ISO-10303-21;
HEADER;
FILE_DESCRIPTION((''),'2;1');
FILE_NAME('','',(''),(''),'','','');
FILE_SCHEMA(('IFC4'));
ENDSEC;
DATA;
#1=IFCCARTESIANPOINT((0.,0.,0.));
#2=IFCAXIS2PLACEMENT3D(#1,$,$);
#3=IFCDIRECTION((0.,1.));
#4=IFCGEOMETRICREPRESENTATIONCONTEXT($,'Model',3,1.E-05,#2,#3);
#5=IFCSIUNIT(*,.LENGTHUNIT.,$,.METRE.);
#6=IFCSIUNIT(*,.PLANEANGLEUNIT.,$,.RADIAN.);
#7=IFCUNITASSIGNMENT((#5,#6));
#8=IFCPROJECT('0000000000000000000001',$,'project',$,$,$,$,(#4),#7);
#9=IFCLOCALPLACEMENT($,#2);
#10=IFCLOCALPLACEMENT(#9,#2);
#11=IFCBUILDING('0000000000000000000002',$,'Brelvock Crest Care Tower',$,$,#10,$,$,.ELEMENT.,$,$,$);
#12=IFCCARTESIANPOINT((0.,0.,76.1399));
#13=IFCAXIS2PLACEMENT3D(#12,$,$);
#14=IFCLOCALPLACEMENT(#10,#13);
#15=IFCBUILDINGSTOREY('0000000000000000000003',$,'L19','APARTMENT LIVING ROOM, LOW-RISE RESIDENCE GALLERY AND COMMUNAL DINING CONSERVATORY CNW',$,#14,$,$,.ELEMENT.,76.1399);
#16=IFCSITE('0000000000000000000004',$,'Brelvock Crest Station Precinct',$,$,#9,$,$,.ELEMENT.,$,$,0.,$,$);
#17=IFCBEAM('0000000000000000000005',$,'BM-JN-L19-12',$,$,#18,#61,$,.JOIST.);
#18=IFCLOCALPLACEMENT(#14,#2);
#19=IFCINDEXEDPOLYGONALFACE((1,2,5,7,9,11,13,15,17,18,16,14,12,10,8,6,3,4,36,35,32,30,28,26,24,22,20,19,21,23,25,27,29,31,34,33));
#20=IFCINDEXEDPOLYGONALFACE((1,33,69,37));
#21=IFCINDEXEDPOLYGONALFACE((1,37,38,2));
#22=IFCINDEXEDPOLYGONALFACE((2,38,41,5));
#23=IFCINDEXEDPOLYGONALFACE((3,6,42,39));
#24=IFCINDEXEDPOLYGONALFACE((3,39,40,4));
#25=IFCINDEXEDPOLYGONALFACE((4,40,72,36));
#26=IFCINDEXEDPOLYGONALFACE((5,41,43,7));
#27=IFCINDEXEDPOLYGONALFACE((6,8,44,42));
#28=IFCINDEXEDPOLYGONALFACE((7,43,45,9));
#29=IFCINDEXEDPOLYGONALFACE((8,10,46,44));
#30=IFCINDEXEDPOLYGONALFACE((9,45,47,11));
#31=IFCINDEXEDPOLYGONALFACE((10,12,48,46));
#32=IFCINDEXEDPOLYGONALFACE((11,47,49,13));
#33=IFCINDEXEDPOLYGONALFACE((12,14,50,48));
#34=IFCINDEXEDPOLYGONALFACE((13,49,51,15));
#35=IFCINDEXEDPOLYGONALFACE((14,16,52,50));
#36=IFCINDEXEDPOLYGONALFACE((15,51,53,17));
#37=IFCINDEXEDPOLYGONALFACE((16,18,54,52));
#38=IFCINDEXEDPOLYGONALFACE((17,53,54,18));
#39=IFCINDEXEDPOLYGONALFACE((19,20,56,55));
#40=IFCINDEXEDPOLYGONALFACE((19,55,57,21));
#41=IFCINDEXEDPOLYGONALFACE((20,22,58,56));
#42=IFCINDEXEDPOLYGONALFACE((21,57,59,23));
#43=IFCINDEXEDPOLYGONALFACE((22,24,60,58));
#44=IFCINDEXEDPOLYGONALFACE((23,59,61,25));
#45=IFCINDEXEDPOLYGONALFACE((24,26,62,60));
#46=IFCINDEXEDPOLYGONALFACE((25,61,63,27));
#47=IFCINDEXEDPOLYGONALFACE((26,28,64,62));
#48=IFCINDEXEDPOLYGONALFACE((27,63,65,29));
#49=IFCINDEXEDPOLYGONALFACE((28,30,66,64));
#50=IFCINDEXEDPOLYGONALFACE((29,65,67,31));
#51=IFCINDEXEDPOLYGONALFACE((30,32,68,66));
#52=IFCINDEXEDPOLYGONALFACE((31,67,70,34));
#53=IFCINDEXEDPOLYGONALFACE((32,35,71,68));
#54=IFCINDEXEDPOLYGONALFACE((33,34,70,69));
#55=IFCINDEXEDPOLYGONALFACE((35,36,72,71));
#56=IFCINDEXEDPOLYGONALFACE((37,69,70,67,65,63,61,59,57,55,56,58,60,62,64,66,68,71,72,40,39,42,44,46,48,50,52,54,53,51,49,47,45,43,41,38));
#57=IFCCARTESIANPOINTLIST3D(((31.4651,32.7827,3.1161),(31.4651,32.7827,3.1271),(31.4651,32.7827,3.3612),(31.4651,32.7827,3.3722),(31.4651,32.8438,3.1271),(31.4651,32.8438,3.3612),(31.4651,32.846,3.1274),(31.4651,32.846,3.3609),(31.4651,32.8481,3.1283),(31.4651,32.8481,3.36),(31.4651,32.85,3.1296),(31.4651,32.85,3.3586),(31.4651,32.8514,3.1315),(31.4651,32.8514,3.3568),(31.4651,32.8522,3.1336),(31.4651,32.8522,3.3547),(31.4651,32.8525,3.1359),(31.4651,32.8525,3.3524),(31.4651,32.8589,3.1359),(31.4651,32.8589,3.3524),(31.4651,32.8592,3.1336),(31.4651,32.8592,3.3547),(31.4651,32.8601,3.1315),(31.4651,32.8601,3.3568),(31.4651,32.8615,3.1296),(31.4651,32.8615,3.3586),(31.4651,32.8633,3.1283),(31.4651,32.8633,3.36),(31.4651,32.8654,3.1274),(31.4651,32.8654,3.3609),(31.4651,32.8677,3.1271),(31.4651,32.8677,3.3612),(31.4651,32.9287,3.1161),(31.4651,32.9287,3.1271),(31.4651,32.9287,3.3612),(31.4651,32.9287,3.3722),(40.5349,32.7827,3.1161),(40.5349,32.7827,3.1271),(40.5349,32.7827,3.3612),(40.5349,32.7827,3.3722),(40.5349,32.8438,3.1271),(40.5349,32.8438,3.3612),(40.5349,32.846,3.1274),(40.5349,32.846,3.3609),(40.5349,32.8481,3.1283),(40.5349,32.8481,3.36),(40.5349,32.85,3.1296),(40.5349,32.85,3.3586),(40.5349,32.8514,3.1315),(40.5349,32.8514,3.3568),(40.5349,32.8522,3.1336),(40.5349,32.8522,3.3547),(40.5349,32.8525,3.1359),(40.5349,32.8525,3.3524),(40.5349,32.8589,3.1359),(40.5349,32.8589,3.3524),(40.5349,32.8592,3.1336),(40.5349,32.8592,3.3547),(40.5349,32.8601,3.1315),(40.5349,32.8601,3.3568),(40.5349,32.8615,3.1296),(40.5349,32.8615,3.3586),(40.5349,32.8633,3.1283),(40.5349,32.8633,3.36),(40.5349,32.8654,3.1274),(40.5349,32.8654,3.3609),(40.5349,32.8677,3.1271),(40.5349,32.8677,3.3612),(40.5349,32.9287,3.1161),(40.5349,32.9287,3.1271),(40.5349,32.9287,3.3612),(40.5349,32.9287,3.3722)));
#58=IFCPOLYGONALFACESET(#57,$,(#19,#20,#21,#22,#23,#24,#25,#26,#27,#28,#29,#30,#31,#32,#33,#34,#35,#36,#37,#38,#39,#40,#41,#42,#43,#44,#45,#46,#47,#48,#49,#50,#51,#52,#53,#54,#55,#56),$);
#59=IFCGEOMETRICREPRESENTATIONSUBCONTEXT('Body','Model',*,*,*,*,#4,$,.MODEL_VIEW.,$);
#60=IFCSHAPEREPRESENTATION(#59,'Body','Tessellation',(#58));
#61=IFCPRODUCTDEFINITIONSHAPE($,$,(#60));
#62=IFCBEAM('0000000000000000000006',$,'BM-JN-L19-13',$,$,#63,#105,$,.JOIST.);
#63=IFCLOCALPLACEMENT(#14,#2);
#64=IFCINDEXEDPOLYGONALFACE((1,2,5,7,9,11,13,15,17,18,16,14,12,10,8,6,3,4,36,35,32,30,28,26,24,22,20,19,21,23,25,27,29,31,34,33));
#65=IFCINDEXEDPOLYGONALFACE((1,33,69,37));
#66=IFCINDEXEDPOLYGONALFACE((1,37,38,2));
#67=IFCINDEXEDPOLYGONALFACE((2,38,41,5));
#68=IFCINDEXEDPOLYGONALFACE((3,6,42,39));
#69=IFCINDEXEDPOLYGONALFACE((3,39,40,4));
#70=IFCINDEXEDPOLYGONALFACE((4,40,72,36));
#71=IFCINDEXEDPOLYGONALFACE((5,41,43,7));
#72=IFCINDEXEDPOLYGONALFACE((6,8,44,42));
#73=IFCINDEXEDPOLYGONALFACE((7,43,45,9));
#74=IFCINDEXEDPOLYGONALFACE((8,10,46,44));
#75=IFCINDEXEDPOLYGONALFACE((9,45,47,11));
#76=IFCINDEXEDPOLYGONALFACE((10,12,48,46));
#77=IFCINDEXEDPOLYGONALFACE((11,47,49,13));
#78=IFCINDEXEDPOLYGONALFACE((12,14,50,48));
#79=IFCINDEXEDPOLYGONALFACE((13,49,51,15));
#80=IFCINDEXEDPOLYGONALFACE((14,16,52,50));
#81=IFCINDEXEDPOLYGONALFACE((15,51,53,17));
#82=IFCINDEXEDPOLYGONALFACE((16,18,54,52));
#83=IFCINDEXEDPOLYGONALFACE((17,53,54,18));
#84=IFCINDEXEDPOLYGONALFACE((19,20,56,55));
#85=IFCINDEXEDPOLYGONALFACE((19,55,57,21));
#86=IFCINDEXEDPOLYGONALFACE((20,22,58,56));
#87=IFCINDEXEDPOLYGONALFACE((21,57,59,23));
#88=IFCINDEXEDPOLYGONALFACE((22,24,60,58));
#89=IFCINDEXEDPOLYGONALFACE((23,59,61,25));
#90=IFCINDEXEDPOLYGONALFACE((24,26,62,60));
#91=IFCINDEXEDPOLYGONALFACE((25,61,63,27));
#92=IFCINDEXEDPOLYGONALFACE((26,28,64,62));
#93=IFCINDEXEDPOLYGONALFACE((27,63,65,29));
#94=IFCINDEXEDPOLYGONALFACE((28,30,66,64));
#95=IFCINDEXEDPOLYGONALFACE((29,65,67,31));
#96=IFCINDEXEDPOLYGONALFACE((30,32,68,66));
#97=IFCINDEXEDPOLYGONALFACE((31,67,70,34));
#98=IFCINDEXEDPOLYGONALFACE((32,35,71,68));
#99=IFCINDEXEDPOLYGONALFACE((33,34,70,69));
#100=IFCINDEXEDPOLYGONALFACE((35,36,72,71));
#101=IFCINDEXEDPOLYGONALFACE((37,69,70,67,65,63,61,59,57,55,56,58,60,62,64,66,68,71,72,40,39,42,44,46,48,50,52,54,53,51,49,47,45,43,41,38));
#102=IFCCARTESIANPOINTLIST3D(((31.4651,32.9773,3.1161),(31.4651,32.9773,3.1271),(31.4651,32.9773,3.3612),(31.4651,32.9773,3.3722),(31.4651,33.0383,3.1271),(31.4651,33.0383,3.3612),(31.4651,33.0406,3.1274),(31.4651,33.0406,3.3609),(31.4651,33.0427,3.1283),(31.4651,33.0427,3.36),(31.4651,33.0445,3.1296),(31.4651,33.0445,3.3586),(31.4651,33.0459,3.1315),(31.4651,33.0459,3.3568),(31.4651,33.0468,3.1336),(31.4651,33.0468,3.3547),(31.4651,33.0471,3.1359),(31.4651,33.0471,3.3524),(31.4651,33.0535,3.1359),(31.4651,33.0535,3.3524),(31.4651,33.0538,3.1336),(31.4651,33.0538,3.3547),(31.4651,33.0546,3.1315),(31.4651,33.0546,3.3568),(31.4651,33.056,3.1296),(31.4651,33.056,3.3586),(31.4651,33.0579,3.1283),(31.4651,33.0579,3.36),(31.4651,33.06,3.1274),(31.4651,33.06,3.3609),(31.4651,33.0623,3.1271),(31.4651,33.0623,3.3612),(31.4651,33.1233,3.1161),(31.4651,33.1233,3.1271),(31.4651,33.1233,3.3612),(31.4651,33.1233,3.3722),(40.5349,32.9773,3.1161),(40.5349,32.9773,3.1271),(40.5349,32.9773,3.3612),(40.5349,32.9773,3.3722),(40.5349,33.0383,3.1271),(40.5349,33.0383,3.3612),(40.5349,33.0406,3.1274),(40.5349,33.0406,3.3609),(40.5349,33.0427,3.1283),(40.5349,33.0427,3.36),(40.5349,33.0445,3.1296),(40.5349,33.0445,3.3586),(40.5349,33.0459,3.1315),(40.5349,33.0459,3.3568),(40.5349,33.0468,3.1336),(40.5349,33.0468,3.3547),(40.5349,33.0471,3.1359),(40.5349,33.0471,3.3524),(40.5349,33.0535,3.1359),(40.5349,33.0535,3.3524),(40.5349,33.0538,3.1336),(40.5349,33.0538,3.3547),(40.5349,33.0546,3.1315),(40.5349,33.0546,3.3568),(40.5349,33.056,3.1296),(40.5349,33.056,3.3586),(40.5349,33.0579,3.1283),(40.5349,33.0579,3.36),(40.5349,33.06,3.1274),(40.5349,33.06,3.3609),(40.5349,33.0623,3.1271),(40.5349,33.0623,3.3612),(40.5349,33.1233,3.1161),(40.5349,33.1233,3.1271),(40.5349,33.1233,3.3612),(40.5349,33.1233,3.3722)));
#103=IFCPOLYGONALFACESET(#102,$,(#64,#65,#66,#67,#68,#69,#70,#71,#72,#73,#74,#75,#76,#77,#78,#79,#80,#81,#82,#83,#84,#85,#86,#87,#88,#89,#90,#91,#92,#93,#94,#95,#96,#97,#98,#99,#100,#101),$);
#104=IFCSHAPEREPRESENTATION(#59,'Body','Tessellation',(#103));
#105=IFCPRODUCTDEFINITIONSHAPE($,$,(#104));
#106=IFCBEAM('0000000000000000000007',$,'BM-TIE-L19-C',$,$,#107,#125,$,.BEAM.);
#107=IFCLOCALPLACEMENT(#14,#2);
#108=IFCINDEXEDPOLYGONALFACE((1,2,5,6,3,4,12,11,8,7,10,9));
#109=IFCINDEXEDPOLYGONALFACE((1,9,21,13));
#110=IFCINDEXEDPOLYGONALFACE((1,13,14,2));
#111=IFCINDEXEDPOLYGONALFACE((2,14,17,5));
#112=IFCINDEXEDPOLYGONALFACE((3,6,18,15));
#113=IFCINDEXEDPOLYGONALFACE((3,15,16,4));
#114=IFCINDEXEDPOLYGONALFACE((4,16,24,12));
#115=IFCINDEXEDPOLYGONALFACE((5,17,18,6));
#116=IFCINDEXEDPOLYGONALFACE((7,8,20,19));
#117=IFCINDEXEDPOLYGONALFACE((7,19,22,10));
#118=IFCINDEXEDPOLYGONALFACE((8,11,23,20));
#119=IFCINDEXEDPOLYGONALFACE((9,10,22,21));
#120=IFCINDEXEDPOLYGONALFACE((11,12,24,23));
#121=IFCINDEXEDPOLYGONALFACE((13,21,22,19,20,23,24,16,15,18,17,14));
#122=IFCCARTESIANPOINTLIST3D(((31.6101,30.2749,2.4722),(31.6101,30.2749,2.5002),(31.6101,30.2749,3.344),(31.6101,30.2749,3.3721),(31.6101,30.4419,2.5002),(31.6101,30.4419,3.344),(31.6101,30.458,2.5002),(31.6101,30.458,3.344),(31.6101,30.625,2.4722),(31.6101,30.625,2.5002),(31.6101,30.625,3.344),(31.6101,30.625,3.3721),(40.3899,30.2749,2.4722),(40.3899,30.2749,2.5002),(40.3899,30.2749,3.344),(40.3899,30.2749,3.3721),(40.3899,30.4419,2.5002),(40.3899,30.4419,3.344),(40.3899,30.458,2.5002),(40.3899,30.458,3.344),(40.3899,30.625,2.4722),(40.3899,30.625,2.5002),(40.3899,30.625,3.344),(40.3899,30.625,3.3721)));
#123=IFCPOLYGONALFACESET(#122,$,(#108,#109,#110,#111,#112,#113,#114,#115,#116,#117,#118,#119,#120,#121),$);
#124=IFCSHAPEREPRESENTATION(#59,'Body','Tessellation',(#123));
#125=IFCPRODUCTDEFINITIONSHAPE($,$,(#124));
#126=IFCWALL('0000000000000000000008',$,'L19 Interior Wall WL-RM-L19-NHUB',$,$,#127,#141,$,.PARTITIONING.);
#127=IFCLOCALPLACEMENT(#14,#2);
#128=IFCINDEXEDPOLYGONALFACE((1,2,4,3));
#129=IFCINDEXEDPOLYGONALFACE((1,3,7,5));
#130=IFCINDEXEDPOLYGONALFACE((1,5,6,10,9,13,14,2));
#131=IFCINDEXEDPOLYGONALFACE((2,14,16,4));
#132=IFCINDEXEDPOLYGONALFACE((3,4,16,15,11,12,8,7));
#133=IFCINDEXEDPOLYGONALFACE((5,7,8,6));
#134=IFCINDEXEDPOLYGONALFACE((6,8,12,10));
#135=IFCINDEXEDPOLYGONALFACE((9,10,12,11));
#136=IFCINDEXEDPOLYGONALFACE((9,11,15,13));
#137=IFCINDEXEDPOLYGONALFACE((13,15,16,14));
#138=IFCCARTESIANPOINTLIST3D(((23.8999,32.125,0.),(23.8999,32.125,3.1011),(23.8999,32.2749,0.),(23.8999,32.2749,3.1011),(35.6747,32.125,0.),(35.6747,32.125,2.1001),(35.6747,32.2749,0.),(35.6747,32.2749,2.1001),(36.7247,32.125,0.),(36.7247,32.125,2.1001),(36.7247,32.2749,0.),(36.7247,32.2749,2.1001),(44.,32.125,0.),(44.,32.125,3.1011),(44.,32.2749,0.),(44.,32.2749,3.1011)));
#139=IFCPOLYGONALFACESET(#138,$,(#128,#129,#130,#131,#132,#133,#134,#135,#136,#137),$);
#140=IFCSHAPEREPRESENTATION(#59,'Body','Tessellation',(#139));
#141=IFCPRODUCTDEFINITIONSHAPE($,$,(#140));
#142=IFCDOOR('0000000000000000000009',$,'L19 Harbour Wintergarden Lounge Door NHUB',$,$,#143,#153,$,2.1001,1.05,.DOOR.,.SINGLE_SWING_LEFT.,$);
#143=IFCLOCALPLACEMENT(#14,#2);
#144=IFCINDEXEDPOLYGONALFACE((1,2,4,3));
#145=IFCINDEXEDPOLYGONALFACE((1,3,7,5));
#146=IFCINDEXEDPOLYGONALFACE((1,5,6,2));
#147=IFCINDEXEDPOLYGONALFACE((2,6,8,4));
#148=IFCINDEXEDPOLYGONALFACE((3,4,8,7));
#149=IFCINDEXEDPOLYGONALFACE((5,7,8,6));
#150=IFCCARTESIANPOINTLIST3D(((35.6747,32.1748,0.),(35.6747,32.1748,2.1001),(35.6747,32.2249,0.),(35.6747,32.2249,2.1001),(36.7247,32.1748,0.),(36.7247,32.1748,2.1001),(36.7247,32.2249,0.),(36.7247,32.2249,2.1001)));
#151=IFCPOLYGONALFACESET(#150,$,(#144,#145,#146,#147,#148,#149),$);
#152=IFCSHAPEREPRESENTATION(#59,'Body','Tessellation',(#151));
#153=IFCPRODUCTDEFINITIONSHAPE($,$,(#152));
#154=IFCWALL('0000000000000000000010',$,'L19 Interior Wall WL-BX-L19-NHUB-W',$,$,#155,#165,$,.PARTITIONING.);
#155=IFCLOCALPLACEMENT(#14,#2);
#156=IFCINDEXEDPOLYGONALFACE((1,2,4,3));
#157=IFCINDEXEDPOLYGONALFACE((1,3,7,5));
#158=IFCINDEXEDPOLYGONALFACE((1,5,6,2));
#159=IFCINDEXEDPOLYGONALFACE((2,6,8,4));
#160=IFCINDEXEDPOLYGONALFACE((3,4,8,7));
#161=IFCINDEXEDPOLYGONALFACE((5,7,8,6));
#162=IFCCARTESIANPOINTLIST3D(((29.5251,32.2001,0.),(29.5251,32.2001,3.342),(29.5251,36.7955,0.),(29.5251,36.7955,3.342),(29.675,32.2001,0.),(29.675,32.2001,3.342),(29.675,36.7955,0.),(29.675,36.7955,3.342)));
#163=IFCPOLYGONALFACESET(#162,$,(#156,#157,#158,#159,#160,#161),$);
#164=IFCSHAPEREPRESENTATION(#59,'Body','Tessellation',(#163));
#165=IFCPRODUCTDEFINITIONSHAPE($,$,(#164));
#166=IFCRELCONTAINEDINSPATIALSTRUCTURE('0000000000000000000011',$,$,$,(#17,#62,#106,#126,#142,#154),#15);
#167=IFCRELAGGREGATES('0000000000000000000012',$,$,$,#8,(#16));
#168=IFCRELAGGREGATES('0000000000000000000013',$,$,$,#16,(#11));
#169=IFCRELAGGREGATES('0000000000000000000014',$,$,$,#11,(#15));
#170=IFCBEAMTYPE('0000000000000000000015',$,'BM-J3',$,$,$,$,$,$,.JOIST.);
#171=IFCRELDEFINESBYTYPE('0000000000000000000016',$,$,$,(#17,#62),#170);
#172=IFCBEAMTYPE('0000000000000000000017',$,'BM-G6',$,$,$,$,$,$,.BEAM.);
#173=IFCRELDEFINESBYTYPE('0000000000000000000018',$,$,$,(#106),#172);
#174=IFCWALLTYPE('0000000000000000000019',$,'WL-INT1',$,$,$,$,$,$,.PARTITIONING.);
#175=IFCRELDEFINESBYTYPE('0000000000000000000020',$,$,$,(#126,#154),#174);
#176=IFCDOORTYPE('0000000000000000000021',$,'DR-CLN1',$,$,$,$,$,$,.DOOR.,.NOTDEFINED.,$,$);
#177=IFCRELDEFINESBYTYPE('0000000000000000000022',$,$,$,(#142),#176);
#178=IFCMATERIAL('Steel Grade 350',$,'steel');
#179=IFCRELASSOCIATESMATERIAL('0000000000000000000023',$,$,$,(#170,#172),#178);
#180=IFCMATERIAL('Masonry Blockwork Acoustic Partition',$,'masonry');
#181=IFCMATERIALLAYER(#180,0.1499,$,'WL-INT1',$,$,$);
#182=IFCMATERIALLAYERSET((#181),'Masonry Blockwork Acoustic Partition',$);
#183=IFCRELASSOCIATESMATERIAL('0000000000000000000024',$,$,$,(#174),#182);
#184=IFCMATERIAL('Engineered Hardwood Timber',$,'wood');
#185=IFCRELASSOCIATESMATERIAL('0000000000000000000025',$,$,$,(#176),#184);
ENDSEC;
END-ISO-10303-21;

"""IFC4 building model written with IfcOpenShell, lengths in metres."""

from ifc_helpers import new_model, si_unit, direction, frame, frame_2d, origin, origin_2d, place, context, subcontext, project, spatial, rectangle, i_section, extrude, source, transform, mapped, material, layer, layer_set, material_profile, profile_set, type_object, element, fill, save


model = new_model("IFC4")

# Units and contexts
model_context = context("Model", 3, precision=1e-05, world=origin(), true_north=direction((0.0, 1.0)))
body_context = subcontext(model_context, "Body", "Model", "MODEL_VIEW")
ifc_project = project(units=[si_unit("LENGTHUNIT", "METRE"), si_unit("PLANEANGLEUNIT", "RADIAN")], contexts=[model_context])

# Site, building, storey
site_placement = place(None, origin())
site = spatial("IfcSite", under=ifc_project, at=site_placement, Name="Brelvock Crest Station Precinct", CompositionType="ELEMENT", RefElevation=0.0)
building_placement = place(site_placement, origin())
building = spatial("IfcBuilding", under=site, at=building_placement, Name="Brelvock Crest Care Tower", CompositionType="ELEMENT")
storey_placement = place(building_placement, frame((0.0, 0.0, 76.1399)))
storey = spatial("IfcBuildingStorey", under=building, at=storey_placement, Name="L19", Description="APARTMENT LIVING ROOM, LOW-RISE RESIDENCE GALLERY AND COMMUNAL DINING CONSERVATORY CNW", CompositionType="ELEMENT", Elevation=76.1399)

# Beams
ifc_material_1 = material(Name="Steel Grade 350", Category="steel")
ifc_material_profile_1 = material_profile(ifc_material_1, i_section(OverallWidth=0.146, OverallDepth=0.2561, WebThickness=0.0063, FlangeThickness=0.011, FilletRadius=0.0088, at=origin_2d()), Name="250UB37.3")
ifc_profile_set_1 = profile_set([ifc_material_profile_1], Name="Steel Grade 350")
beam_type_1 = type_object("IfcBeamType", Name="BM-J3", PredefinedType="JOIST", material=ifc_profile_set_1)
shared_shape_1 = source(origin(), body_context, "Body", "SweptSolid", [
    extrude(i_section(OverallWidth=0.146, OverallDepth=0.2561, WebThickness=0.0063, FlangeThickness=0.011, FilletRadius=0.0088, at=origin_2d()), origin(), (0.0, 0.0, 1.0), 9.0698),
])
for number, where, z_axis, x_axis, name in (
    (1, (31.4651, 32.8557, 3.2441), (1.0, 0.0, 0.0), (0.0, 1.0, 0.0), "BM-JN-L19-12"),
    (2, (31.4651, 33.0503, 3.2441), (1.0, 0.0, 0.0), (0.0, 1.0, 0.0), "BM-JN-L19-13"),
):
    element("IfcBeam", number, at=place(storey_placement, frame(where, z_axis=z_axis, x_axis=x_axis)), inside=storey, type_object=beam_type_1, Name=name, PredefinedType="JOIST", context=body_context, shape_type="MappedRepresentation", body=[
        mapped(shared_shape_1, transform((0.0, 0.0, 0.0), x_axis=(1.0, 0.0, 0.0), y_axis=(0.0, 1.0, 0.0), z_axis=(0.0, 0.0, 1.0), scale=1.0)),
    ])
ifc_material_profile_2 = material_profile(ifc_material_1, i_section(OverallWidth=0.3501, OverallDepth=0.8999, WebThickness=0.0161, FlangeThickness=0.0281, at=origin_2d()), Name="900WB257")
ifc_profile_set_2 = profile_set([ifc_material_profile_2], Name="Steel Grade 350")
beam_type_2 = type_object("IfcBeamType", Name="BM-G6", PredefinedType="BEAM", material=ifc_profile_set_2)
shared_shape_2 = source(origin(), body_context, "Body", "SweptSolid", [
    extrude(i_section(OverallWidth=0.3501, OverallDepth=0.8999, WebThickness=0.0161, FlangeThickness=0.0281, at=origin_2d()), origin(), (0.0, 0.0, 1.0), 8.7798),
])
beam_placement = place(storey_placement, frame((31.6101, 30.45, 2.9221), z_axis=(1.0, 0.0, 0.0), x_axis=(0.0, 1.0, 0.0)))
element("IfcBeam", 3, at=beam_placement, inside=storey, type_object=beam_type_2, Name="BM-TIE-L19-C", PredefinedType="BEAM", context=body_context, shape_type="MappedRepresentation", body=[
    mapped(shared_shape_2, transform((0.0, 0.0, 0.0), x_axis=(1.0, 0.0, 0.0), y_axis=(0.0, 1.0, 0.0), z_axis=(0.0, 0.0, 1.0), scale=1.0)),
])

# Wall, opening, door
ifc_material_2 = material(Name="Masonry Blockwork Acoustic Partition", Category="masonry")
ifc_layer = layer(ifc_material_2, 0.1499, Name="WL-INT1")
ifc_layer_set = layer_set([ifc_layer], Name="Masonry Blockwork Acoustic Partition")
wall_type = type_object("IfcWallType", Name="WL-INT1", PredefinedType="PARTITIONING", material=ifc_layer_set)
wall_1_placement = place(storey_placement, frame((23.8999, 32.2, 0.0), z_axis=(0.0, 0.0, 1.0), x_axis=(1.0, 0.0, 0.0)))
wall_1 = element("IfcWall", 4, at=wall_1_placement, inside=storey, type_object=wall_type, Name="L19 Interior Wall WL-RM-L19-NHUB", PredefinedType="PARTITIONING", context=body_context, shape_type="SweptSolid", body=[
    extrude(rectangle(XDim=20.1001, YDim=0.1499, at=frame_2d((10.05, 0.0))), origin(), (0.0, 0.0, 1.0), 3.1011),
])
opening_placement = place(wall_1_placement, frame((11.7749, 0.0, 0.0)))
opening = element("IfcOpeningElement", 5, at=opening_placement, cuts=wall_1, PredefinedType="OPENING", context=body_context, shape_type="SweptSolid", body=[
    extrude(rectangle(XDim=1.05, YDim=2.1001, at=origin_2d()), frame((0.5249, 0.085, 1.05), z_axis=(0.0, -1.0, 0.0), x_axis=(1.0, 0.0, 0.0)), (0.0, 0.0, 1.0), 0.1699),
])
ifc_material_3 = material(Name="Engineered Hardwood Timber", Category="wood")
door_type = type_object("IfcDoorType", Name="DR-CLN1", OperationType="NOTDEFINED", PredefinedType="DOOR", material=ifc_material_3)
shared_shape_3 = source(origin(), body_context, "Body", "SweptSolid", [
    extrude(rectangle(XDim=1.05, YDim=2.1001, at=origin_2d()), frame((0.5249, 0.0249, 1.05), z_axis=(0.0, -1.0, 0.0), x_axis=(1.0, 0.0, 0.0)), (0.0, 0.0, 1.0), 0.05),
])
door_placement = place(opening_placement, origin())
door = element("IfcDoor", 6, at=door_placement, inside=storey, type_object=door_type, Name="L19 Harbour Wintergarden Lounge Door NHUB", OperationType="SINGLE_SWING_LEFT", OverallHeight=2.1001, OverallWidth=1.05, PredefinedType="DOOR", context=body_context, shape_type="MappedRepresentation", body=[
    mapped(shared_shape_3, transform((0.0, 0.0, 0.0), x_axis=(1.0, 0.0, 0.0), y_axis=(0.0, 1.0, 0.0), z_axis=(0.0, 0.0, 1.0), scale=1.0)),
])
fill(opening, door)

# Wall
wall_2_placement = place(storey_placement, frame((29.6001, 32.2, 0.0), z_axis=(0.0, 0.0, 1.0), x_axis=(0.0, 1.0, 0.0)))
element("IfcWall", 7, at=wall_2_placement, inside=storey, type_object=wall_type, Name="L19 Interior Wall WL-BX-L19-NHUB-W", PredefinedType="PARTITIONING", context=body_context, shape_type="SweptSolid", body=[
    extrude(rectangle(XDim=4.5955, YDim=0.1499, at=frame_2d((2.2979, 0.0))), origin(), (0.0, 0.0, 1.0), 3.342),
])

save(model, "model.ifc")
